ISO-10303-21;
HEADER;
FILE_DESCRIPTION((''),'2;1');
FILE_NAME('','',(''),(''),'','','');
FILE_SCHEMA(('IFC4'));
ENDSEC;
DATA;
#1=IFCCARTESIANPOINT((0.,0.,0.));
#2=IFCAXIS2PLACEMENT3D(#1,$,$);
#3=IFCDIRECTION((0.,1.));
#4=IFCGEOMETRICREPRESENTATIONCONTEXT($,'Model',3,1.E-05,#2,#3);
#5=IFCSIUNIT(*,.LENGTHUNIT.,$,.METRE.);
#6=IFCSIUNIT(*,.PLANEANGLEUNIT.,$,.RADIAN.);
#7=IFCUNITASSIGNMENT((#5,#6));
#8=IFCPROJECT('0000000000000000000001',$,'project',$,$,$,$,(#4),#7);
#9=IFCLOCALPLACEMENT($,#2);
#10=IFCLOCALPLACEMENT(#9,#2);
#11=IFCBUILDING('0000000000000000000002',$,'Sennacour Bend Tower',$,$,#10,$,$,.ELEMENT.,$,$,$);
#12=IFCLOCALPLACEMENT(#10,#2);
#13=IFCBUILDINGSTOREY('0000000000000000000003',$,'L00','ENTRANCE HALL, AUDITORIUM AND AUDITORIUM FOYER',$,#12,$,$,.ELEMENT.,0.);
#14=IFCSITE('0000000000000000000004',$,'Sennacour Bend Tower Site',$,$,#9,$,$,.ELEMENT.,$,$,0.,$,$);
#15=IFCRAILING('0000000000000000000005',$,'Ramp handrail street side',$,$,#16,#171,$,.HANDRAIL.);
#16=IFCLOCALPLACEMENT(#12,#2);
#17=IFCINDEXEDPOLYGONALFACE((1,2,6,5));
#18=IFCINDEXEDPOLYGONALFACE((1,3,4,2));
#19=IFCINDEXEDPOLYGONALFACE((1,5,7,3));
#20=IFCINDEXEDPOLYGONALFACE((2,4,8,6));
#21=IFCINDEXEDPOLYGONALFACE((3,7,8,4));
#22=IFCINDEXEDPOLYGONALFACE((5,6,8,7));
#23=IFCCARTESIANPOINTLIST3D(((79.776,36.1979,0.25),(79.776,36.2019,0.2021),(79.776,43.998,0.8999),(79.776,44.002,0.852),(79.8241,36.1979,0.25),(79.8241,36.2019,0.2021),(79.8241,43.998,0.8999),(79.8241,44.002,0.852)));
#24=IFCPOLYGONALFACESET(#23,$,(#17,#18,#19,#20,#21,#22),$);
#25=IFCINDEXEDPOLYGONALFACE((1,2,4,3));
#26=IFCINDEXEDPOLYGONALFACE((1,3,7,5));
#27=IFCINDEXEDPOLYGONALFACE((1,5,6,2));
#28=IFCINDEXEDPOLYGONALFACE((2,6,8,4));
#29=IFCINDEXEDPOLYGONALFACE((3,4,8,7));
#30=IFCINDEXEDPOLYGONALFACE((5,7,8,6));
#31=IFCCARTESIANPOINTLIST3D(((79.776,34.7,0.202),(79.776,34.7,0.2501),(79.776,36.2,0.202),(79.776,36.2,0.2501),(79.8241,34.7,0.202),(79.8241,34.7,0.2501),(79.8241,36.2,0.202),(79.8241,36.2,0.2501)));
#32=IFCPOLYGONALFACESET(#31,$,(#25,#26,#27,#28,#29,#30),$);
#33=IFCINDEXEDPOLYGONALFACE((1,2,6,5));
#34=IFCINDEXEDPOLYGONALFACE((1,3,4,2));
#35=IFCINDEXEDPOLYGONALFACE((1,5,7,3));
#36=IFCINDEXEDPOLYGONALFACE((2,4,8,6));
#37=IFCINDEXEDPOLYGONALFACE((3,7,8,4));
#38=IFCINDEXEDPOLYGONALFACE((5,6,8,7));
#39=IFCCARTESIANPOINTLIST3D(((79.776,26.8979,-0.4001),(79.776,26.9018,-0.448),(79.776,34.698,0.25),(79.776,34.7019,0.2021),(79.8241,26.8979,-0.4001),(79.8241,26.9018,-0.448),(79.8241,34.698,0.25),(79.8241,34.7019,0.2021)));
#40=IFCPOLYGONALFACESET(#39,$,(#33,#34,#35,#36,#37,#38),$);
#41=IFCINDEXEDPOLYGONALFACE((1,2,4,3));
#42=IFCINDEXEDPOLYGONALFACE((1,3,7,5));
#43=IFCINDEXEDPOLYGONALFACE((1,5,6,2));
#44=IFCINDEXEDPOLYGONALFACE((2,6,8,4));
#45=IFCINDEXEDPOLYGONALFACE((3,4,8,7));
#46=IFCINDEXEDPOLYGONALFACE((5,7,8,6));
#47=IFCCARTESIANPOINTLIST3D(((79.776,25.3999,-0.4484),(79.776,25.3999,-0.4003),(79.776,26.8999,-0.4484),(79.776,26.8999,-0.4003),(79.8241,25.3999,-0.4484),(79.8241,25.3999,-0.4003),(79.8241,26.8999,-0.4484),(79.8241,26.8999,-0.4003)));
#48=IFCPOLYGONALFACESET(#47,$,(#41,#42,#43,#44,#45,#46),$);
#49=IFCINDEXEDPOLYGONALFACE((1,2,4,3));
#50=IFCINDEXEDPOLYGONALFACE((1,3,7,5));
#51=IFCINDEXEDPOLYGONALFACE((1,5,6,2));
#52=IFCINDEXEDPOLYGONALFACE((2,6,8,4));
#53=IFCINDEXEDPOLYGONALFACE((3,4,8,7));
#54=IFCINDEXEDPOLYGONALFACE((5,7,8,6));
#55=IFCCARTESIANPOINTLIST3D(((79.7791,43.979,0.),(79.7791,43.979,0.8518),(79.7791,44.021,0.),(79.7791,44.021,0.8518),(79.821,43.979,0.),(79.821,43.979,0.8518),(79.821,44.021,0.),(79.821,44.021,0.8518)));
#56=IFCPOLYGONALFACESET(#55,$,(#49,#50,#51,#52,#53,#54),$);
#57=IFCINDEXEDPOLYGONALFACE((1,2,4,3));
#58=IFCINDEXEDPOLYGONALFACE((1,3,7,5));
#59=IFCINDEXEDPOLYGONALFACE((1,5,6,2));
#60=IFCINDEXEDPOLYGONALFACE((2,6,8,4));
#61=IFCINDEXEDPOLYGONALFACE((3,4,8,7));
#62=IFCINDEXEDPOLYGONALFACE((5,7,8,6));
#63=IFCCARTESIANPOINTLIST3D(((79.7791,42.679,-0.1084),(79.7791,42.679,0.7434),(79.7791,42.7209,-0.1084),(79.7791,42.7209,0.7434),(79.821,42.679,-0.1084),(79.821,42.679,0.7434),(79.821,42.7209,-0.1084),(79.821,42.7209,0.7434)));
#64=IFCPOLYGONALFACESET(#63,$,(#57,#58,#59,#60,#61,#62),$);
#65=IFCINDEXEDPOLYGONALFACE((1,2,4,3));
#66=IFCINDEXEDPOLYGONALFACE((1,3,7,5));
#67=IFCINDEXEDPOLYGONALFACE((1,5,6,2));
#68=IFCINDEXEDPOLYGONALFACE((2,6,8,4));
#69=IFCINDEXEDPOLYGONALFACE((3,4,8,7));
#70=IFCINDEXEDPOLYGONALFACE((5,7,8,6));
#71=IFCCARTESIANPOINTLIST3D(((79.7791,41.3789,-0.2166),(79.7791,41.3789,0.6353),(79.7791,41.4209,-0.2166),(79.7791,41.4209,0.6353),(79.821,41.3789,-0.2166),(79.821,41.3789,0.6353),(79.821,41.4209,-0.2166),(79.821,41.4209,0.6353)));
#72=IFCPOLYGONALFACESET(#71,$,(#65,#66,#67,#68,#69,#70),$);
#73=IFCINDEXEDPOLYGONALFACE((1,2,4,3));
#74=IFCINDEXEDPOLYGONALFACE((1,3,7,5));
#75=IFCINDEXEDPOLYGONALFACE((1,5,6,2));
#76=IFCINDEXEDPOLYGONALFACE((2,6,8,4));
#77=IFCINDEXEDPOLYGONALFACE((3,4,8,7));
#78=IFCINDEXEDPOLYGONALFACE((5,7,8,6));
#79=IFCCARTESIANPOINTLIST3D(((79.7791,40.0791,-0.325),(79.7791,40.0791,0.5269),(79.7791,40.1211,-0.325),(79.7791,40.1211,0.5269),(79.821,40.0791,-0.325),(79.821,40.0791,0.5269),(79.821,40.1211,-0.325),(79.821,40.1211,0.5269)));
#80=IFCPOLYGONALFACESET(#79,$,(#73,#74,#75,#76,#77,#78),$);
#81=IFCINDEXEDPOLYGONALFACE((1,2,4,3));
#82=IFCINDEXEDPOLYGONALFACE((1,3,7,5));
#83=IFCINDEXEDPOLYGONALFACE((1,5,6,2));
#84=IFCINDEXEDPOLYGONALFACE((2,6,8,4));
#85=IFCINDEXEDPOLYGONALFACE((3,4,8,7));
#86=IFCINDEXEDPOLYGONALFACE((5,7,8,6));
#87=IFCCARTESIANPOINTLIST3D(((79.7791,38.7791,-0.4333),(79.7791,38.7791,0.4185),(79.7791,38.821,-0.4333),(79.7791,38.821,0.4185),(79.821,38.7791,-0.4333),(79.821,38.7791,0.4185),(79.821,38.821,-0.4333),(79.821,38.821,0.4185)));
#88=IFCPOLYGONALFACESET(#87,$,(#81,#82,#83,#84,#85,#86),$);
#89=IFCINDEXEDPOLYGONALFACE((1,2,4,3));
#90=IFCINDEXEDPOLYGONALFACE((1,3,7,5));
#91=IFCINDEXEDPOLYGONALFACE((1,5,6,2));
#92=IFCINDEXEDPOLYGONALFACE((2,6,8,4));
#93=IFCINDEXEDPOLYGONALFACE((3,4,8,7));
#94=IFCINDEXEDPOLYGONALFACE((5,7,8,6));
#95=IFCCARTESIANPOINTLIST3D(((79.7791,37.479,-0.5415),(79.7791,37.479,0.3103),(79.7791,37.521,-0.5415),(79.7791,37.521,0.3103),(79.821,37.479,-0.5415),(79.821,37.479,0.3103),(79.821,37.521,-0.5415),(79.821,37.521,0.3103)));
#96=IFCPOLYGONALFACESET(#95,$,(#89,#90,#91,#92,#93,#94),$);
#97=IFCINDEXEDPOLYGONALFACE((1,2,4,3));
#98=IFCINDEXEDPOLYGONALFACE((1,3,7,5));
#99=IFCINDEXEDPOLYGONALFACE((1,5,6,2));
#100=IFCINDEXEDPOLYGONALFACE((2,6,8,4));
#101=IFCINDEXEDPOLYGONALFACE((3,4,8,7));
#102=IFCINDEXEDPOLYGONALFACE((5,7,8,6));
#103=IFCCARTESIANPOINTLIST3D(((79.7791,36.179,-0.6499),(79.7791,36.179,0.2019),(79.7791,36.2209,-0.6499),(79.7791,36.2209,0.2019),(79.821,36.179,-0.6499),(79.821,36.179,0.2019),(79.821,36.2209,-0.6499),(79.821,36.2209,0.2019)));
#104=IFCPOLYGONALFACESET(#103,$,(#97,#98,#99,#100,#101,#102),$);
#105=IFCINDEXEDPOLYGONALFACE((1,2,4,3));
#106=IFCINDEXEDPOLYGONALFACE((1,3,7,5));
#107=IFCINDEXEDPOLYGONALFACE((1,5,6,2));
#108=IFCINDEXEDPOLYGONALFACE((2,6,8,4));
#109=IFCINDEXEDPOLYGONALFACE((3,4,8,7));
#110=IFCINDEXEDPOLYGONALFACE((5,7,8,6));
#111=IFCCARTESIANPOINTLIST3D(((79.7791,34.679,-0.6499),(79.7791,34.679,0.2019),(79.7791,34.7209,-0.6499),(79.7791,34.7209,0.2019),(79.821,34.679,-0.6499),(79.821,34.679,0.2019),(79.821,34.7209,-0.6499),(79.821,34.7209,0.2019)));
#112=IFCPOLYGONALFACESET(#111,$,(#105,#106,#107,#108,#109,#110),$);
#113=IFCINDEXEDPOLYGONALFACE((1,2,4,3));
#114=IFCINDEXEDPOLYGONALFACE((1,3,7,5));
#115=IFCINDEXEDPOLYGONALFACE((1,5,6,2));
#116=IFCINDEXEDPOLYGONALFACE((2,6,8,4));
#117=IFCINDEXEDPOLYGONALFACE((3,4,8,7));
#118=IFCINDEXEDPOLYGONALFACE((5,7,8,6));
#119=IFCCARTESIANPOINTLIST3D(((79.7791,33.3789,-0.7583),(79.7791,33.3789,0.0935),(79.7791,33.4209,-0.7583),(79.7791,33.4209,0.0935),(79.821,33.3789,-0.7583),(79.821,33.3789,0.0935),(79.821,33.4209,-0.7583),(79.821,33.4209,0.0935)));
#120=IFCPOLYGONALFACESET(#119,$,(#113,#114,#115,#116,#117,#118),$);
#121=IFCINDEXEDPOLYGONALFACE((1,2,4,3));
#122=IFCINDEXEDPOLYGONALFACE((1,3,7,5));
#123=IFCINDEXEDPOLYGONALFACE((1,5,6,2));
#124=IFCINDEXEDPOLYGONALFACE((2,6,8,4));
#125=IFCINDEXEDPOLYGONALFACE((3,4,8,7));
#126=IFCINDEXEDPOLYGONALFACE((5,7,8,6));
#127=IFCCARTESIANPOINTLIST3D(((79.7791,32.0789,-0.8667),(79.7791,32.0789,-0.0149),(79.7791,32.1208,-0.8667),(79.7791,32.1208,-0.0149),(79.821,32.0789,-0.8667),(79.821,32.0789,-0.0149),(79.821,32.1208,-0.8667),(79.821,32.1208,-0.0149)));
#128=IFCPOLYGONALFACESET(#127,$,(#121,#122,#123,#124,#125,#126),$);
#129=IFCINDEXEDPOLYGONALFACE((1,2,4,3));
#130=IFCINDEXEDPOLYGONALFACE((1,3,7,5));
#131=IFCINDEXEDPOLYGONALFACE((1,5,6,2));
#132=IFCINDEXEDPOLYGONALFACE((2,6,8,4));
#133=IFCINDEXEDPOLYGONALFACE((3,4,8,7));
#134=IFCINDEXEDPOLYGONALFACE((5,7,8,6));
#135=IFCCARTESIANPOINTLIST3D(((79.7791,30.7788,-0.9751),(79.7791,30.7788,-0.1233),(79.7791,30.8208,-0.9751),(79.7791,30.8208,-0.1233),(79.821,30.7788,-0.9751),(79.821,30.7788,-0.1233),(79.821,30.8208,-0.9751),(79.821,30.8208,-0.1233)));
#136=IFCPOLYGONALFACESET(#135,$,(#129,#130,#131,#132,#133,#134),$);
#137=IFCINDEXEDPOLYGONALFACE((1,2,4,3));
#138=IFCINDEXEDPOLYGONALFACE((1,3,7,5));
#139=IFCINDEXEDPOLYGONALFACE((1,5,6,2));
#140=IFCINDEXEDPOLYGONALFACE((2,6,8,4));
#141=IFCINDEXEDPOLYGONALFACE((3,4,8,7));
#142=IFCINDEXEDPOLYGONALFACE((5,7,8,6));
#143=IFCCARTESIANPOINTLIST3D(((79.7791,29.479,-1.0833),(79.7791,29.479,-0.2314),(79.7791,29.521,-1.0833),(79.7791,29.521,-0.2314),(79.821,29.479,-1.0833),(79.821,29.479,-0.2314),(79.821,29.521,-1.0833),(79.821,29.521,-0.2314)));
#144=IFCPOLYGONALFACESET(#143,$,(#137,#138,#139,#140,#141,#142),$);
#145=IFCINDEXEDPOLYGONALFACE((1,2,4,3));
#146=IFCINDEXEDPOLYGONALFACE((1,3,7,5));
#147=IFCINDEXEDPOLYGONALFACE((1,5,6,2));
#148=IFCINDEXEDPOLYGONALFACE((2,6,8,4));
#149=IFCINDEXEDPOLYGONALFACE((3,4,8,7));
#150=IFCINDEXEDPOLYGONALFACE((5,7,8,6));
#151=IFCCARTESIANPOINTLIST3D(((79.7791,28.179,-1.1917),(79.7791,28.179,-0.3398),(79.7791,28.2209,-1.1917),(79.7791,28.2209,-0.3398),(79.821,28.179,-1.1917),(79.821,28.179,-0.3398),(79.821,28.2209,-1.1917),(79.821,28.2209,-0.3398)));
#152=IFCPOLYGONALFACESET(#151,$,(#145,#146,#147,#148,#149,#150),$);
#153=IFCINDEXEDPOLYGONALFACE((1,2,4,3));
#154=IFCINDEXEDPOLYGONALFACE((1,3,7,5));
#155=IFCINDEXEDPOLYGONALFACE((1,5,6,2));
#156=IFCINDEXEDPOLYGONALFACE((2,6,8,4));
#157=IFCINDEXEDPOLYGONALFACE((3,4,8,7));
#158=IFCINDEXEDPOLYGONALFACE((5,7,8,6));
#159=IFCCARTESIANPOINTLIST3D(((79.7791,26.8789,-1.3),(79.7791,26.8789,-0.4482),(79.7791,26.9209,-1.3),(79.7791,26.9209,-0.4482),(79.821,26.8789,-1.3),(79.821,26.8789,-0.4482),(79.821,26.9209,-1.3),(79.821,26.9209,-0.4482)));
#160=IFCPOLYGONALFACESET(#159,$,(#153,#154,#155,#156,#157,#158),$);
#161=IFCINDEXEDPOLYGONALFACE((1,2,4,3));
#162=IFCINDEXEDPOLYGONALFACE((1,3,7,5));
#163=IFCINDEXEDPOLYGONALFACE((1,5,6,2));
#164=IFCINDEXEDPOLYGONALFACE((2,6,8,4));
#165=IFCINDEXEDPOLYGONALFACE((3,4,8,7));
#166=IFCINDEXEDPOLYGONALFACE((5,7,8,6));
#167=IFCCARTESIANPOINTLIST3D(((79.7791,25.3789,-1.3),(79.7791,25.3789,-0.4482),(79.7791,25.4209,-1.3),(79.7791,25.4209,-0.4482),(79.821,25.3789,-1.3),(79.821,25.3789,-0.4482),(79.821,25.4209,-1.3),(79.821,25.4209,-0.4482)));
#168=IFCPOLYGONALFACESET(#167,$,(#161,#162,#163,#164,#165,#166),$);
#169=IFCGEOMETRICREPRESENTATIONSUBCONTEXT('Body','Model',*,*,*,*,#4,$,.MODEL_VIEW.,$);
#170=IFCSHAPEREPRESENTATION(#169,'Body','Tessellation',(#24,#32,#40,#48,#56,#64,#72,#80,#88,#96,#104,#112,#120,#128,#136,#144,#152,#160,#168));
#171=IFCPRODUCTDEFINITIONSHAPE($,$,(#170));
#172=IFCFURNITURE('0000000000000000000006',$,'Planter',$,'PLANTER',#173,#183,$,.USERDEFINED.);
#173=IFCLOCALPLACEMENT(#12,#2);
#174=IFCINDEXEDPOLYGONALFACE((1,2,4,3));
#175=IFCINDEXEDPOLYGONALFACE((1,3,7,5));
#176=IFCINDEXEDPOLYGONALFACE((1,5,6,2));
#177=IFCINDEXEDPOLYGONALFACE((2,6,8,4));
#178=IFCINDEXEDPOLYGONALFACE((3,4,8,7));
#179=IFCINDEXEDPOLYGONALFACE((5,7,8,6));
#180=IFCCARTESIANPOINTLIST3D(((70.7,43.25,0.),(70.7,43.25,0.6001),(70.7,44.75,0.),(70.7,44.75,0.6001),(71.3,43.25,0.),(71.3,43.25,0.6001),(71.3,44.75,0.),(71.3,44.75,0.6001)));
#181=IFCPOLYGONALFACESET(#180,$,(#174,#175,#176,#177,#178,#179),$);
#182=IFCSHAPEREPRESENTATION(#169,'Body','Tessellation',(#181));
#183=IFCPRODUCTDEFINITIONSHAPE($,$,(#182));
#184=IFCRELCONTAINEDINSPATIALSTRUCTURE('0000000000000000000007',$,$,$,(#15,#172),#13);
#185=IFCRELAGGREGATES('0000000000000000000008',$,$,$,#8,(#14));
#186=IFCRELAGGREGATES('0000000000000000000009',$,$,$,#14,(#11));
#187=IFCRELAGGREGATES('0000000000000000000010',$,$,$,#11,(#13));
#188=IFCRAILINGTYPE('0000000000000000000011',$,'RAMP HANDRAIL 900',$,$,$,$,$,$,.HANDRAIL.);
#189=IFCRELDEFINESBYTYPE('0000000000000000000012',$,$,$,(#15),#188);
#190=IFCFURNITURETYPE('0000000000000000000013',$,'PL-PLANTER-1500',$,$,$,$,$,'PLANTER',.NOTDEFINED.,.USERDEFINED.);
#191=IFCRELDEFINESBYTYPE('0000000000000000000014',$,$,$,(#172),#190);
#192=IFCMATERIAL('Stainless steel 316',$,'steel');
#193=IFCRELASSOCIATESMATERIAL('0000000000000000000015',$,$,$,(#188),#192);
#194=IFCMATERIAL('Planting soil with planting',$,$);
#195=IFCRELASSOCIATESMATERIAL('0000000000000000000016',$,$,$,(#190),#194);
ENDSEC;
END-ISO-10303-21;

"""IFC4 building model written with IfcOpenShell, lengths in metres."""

from ifc_helpers import new_model, si_unit, direction, frame, origin, origin_2d, place, context, subcontext, project, spatial, rectangle, extrude, material, type_object, element, save


model = new_model("IFC4")

# Units and contexts
model_context = context("Model", 3, precision=1e-05, world=origin(), true_north=direction((0.0, 1.0)))
body_context = subcontext(model_context, "Body", "Model", "MODEL_VIEW")
ifc_project = project(units=[si_unit("LENGTHUNIT", "METRE"), si_unit("PLANEANGLEUNIT", "RADIAN")], contexts=[model_context])

# Site, building, storey
site_placement = place(None, origin())
site = spatial("IfcSite", under=ifc_project, at=site_placement, Name="Sennacour Bend Tower Site", CompositionType="ELEMENT", RefElevation=0.0)
building_placement = place(site_placement, origin())
building = spatial("IfcBuilding", under=site, at=building_placement, Name="Sennacour Bend Tower", CompositionType="ELEMENT")
storey_placement = place(building_placement, origin())
storey = spatial("IfcBuildingStorey", under=building, at=storey_placement, Name="L00", Description="ENTRANCE HALL, AUDITORIUM AND AUDITORIUM FOYER", CompositionType="ELEMENT", Elevation=0.0)

# Railing
ifc_material_1 = material(Name="Stainless steel 316", Category="steel")
railing_type_1 = type_object("IfcRailingType", Name="RAMP HANDRAIL 900", PredefinedType="HANDRAIL", material=ifc_material_1)
railing_1_placement = place(storey_placement, frame((79.8, 44.0, 0.0)))
element("IfcRailing", 1, at=railing_1_placement, inside=storey, type_object=railing_type_1, Name="Ramp handrail street side", PredefinedType="HANDRAIL", context=body_context, shape_type="SweptSolid", body=[
    extrude(rectangle(XDim=0.0481, YDim=0.0481, at=origin_2d()), frame((0.0, 0.0, 0.876), z_axis=(0.0, -0.996547, -0.083033), x_axis=(1.0, 0.0, 0.0)), (0.0, 0.0, 1.0), 7.8271),
    extrude(rectangle(XDim=0.0481, YDim=0.0481, at=origin_2d()), frame((0.0, -7.8, 0.2261), z_axis=(0.0, -1.0, 0.0), x_axis=(1.0, 0.0, 0.0)), (0.0, 0.0, 1.0), 1.5),
    extrude(rectangle(XDim=0.0481, YDim=0.0481, at=origin_2d()), frame((0.0, -9.3, 0.2261), z_axis=(0.0, -0.996544, -0.083064), x_axis=(1.0, 0.0, 0.0)), (0.0, 0.0, 1.0), 7.8271),
    extrude(rectangle(XDim=0.0481, YDim=0.0481, at=origin_2d()), frame((0.0, -17.1001, -0.4243), z_axis=(0.0, -1.0, 0.0), x_axis=(1.0, 0.0, 0.0)), (0.0, 0.0, 1.0), 1.5),
    extrude(rectangle(XDim=0.042, YDim=0.042, at=origin_2d()), origin(), (0.0, 0.0, 1.0), 0.8518),
    extrude(rectangle(XDim=0.042, YDim=0.042, at=origin_2d()), frame((0.0, -1.3, -0.1084)), (0.0, 0.0, 1.0), 0.8518),
    extrude(rectangle(XDim=0.042, YDim=0.042, at=origin_2d()), frame((0.0, -2.6001, -0.2166)), (0.0, 0.0, 1.0), 0.8518),
    extrude(rectangle(XDim=0.042, YDim=0.042, at=origin_2d()), frame((0.0, -3.8999, -0.325)), (0.0, 0.0, 1.0), 0.8518),
    extrude(rectangle(XDim=0.042, YDim=0.042, at=origin_2d()), frame((0.0, -5.2, -0.4333)), (0.0, 0.0, 1.0), 0.8518),
    extrude(rectangle(XDim=0.042, YDim=0.042, at=origin_2d()), frame((0.0, -6.5, -0.5415)), (0.0, 0.0, 1.0), 0.8518),
    extrude(rectangle(XDim=0.042, YDim=0.042, at=origin_2d()), frame((0.0, -7.8, -0.6499)), (0.0, 0.0, 1.0), 0.8518),
    extrude(rectangle(XDim=0.042, YDim=0.042, at=origin_2d()), frame((0.0, -9.3, -0.6499)), (0.0, 0.0, 1.0), 0.8518),
    extrude(rectangle(XDim=0.042, YDim=0.042, at=origin_2d()), frame((0.0, -10.6001, -0.7583)), (0.0, 0.0, 1.0), 0.8518),
    extrude(rectangle(XDim=0.042, YDim=0.042, at=origin_2d()), frame((0.0, -11.9001, -0.8667)), (0.0, 0.0, 1.0), 0.8518),
    extrude(rectangle(XDim=0.042, YDim=0.042, at=origin_2d()), frame((0.0, -13.2002, -0.9751)), (0.0, 0.0, 1.0), 0.8518),
    extrude(rectangle(XDim=0.042, YDim=0.042, at=origin_2d()), frame((0.0, -14.5, -1.0833)), (0.0, 0.0, 1.0), 0.8518),
    extrude(rectangle(XDim=0.042, YDim=0.042, at=origin_2d()), frame((0.0, -15.8, -1.1917)), (0.0, 0.0, 1.0), 0.8518),
    extrude(rectangle(XDim=0.042, YDim=0.042, at=origin_2d()), frame((0.0, -17.1001, -1.3)), (0.0, 0.0, 1.0), 0.8518),
    extrude(rectangle(XDim=0.042, YDim=0.042, at=origin_2d()), frame((0.0, -18.6001, -1.3)), (0.0, 0.0, 1.0), 0.8518),
])

# Furniture
ifc_material_2 = material(Name="Planting soil with planting")
furniture_type = type_object("IfcFurnitureType", Name="PL-PLANTER-1500", ElementType="PLANTER", AssemblyPlace="NOTDEFINED", PredefinedType="USERDEFINED", material=ifc_material_2)
furniture_placement = place(storey_placement, frame((71.0, 44.0, 0.0), z_axis=(0.0, 0.0, 1.0), x_axis=(1.0, 0.0, 0.0)))
element("IfcFurniture", 2, at=furniture_placement, inside=storey, type_object=furniture_type, Name="Planter", ObjectType="PLANTER", PredefinedType="USERDEFINED", context=body_context, shape_type="SweptSolid", body=[
    extrude(rectangle(XDim=0.6001, YDim=1.5, at=origin_2d()), origin(), (0.0, 0.0, 1.0), 0.6001),
])

save(model, "model.ifc")
